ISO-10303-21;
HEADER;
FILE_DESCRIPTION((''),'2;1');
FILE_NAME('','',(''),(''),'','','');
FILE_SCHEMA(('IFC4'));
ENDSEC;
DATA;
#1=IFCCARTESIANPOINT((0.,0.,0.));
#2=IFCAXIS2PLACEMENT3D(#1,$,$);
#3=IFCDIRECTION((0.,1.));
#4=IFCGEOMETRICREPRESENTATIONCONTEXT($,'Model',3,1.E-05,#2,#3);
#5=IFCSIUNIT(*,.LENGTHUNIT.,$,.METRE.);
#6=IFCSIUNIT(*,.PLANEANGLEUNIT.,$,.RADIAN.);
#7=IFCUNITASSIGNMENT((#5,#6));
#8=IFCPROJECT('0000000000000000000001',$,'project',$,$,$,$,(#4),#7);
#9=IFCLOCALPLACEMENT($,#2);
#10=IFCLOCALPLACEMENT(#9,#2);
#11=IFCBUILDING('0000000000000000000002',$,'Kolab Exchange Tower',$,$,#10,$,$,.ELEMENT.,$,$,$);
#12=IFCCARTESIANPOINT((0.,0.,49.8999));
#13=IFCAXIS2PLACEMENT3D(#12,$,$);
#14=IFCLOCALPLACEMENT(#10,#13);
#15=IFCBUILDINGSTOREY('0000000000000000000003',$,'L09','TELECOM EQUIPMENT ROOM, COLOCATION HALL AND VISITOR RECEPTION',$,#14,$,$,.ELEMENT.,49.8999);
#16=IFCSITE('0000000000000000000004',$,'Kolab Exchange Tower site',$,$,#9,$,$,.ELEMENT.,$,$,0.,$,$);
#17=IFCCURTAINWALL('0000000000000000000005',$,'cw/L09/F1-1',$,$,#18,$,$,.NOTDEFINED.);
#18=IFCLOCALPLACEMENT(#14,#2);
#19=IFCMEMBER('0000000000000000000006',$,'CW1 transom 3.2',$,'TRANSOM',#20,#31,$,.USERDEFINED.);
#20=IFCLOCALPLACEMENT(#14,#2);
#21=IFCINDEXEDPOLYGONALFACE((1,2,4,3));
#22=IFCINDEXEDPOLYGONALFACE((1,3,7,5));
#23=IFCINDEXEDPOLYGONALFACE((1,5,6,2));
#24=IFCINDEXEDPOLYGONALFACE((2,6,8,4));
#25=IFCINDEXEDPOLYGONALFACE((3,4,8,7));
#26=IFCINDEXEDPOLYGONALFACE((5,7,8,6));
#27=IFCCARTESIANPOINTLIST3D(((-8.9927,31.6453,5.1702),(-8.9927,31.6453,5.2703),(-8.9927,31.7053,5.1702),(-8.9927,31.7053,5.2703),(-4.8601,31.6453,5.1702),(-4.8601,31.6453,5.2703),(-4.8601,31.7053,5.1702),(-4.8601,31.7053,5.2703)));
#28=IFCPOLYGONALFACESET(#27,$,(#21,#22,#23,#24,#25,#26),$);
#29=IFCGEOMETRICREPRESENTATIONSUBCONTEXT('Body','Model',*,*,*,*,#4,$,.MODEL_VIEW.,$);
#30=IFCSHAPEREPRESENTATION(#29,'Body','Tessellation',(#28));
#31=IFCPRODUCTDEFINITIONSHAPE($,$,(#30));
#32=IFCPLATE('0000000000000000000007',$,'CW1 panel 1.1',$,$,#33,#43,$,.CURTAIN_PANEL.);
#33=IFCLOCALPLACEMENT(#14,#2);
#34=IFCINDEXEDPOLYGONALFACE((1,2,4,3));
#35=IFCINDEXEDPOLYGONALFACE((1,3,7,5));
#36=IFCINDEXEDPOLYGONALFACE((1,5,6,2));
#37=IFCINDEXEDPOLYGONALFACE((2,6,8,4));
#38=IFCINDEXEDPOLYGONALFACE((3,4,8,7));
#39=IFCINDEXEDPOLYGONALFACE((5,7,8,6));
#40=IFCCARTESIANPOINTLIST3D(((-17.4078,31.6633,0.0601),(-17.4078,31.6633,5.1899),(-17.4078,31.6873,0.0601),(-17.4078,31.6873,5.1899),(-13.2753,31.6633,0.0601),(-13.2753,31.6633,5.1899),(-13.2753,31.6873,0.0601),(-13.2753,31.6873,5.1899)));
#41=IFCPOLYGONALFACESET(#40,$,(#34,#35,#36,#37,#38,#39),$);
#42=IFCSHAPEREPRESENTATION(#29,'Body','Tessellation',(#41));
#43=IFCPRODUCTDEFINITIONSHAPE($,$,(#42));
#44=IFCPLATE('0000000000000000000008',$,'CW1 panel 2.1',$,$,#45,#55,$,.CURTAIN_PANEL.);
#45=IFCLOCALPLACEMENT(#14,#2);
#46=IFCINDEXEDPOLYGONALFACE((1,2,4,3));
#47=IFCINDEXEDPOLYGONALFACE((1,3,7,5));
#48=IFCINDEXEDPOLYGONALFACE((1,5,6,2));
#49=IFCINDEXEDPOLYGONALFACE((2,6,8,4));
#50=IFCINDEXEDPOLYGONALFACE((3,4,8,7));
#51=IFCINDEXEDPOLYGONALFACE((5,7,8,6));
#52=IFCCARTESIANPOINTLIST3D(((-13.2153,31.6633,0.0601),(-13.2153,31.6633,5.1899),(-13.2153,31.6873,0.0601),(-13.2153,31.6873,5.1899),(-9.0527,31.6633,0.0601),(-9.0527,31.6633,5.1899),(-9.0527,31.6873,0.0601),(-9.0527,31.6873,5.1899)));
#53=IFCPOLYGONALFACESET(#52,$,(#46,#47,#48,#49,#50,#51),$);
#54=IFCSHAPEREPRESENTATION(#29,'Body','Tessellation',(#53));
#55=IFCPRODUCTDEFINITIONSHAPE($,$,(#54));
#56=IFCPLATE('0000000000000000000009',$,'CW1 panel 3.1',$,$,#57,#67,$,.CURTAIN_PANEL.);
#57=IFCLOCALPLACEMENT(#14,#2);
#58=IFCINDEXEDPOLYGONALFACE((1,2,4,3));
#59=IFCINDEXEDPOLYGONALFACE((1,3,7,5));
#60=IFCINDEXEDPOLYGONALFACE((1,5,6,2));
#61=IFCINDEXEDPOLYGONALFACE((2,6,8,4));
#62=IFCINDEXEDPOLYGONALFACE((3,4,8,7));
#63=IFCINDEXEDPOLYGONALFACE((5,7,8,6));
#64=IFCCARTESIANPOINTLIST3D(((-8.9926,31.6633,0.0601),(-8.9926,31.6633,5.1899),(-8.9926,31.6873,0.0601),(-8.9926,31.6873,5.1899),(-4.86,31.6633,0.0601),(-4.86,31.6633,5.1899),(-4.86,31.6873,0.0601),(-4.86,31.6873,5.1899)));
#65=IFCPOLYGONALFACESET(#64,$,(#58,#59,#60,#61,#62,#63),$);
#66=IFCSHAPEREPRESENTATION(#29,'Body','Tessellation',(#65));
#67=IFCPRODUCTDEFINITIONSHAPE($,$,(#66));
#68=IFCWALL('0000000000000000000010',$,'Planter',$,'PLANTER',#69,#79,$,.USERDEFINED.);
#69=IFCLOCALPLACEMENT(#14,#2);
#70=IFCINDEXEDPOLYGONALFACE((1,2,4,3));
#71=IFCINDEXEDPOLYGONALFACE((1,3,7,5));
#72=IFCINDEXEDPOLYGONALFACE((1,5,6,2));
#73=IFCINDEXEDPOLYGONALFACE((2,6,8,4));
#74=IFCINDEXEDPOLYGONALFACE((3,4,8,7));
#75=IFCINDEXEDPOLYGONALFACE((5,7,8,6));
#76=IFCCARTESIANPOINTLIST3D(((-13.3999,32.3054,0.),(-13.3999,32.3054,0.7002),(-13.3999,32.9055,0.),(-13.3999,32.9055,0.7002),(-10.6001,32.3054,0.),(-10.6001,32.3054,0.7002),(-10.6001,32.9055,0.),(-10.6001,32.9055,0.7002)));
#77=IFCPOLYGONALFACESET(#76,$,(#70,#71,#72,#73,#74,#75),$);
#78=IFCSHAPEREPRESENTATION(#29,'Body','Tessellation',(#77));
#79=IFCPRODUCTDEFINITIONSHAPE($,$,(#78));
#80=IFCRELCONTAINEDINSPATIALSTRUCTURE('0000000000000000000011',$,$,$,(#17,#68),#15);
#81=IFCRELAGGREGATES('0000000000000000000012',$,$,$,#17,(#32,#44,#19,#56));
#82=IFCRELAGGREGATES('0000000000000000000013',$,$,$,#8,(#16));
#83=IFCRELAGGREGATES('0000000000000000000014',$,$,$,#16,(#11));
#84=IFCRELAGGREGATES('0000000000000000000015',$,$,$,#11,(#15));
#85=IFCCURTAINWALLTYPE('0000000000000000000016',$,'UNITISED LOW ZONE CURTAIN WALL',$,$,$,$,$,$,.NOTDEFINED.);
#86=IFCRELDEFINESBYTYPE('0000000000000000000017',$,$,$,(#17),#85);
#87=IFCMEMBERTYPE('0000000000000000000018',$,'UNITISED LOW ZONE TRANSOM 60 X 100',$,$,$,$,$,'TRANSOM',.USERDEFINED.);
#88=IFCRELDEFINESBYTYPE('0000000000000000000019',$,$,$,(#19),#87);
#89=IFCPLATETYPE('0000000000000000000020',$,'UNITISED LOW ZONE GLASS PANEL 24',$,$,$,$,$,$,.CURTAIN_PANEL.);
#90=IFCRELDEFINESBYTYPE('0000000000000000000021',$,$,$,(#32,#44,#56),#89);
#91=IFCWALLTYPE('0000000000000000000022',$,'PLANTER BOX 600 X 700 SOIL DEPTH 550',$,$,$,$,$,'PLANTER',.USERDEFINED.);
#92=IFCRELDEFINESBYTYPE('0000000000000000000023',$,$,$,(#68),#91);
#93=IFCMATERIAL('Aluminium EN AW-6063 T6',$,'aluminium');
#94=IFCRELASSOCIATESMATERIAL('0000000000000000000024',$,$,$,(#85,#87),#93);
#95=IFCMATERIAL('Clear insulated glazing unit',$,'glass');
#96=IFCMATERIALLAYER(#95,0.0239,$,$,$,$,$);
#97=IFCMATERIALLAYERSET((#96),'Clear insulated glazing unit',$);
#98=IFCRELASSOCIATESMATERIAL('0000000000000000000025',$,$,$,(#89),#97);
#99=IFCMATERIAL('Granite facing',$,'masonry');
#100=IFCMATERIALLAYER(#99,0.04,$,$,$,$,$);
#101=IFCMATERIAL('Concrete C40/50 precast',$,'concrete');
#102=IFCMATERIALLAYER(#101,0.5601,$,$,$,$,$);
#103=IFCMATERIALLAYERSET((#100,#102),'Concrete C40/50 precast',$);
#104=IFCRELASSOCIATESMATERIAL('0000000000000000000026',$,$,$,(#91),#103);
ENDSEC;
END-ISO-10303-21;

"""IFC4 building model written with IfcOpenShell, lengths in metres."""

from ifc_helpers import new_model, si_unit, direction, frame, frame_2d, origin, origin_2d, place, context, subcontext, project, spatial, rectangle, extrude, material, layer, layer_set, material_profile, profile_set, type_object, element, aggregate, save


model = new_model("IFC4")

# Units and contexts
model_context = context("Model", 3, precision=1e-05, world=origin(), true_north=direction((0.0, 1.0)))
body_context = subcontext(model_context, "Body", "Model", "MODEL_VIEW")
ifc_project = project(units=[si_unit("LENGTHUNIT", "METRE"), si_unit("PLANEANGLEUNIT", "RADIAN")], contexts=[model_context])

# Site, building, storey
site_placement = place(None, origin())
site = spatial("IfcSite", under=ifc_project, at=site_placement, Name="Kolab Exchange Tower site", CompositionType="ELEMENT", RefElevation=0.0)
building_placement = place(site_placement, origin())
building = spatial("IfcBuilding", under=site, at=building_placement, Name="Kolab Exchange Tower", CompositionType="ELEMENT")
storey_placement = place(building_placement, frame((0.0, 0.0, 49.8999)))
storey = spatial("IfcBuildingStorey", under=building, at=storey_placement, Name="L09", Description="TELECOM EQUIPMENT ROOM, COLOCATION HALL AND VISITOR RECEPTION", CompositionType="ELEMENT", Elevation=49.8999)

# Curtain wall, member, plates
ifc_material_1 = material(Name="Aluminium EN AW-6063 T6", Category="aluminium")
curtain_wall_type = type_object("IfcCurtainWallType", Name="UNITISED LOW ZONE CURTAIN WALL", PredefinedType="NOTDEFINED", material=ifc_material_1)
curtain_wall_placement = place(storey_placement, origin())
curtain_wall = element("IfcCurtainWall", 1, at=curtain_wall_placement, inside=storey, type_object=curtain_wall_type, Name="cw/L09/F1-1", PredefinedType="NOTDEFINED")
ifc_material_profile_1 = material_profile(ifc_material_1, rectangle(XDim=0.0601, YDim=0.1001, at=origin_2d()), Name="RECT 60X100")
ifc_profile_set_1 = profile_set([ifc_material_profile_1], Name="Aluminium EN AW-6063 T6")
member_type_1 = type_object("IfcMemberType", Name="UNITISED LOW ZONE TRANSOM 60 X 100", ElementType="TRANSOM", PredefinedType="USERDEFINED", material=ifc_profile_set_1)
member_1_placement = place(storey_placement, frame((-8.9927, 31.6753, 5.2202), z_axis=(1.0, 0.0, 0.0), x_axis=(0.0, 1.0, 0.0)))
member_1 = element("IfcMember", 2, at=member_1_placement, type_object=member_type_1, Name="CW1 transom 3.2", ObjectType="TRANSOM", PredefinedType="USERDEFINED", context=body_context, shape_type="SweptSolid", body=[
    extrude(rectangle(XDim=0.0601, YDim=0.1001, at=origin_2d()), origin(), (0.0, 0.0, 1.0), 4.1326),
])
ifc_material_2 = material(Name="Clear insulated glazing unit", Category="glass")
ifc_layer_1 = layer(ifc_material_2, 0.0239)
ifc_layer_set_1 = layer_set([ifc_layer_1], Name="Clear insulated glazing unit")
plate_type = type_object("IfcPlateType", Name="UNITISED LOW ZONE GLASS PANEL 24", PredefinedType="CURTAIN_PANEL", material=ifc_layer_set_1)
plate_1_placement = place(storey_placement, frame((-15.3416, 31.6753, 0.0601), z_axis=(0.0, 0.0, 1.0), x_axis=(1.0, 0.0, 0.0)))
plate_1 = element("IfcPlate", 3, at=plate_1_placement, type_object=plate_type, Name="CW1 panel 1.1", PredefinedType="CURTAIN_PANEL", context=body_context, shape_type="SweptSolid", body=[
    extrude(rectangle(XDim=4.1326, YDim=0.0239, at=origin_2d()), origin(), (0.0, 0.0, 1.0), 5.1299),
])
plate_2_placement = place(storey_placement, frame((-11.134, 31.6753, 0.0601), z_axis=(0.0, 0.0, 1.0), x_axis=(1.0, 0.0, 0.0)))
plate_2 = element("IfcPlate", 4, at=plate_2_placement, type_object=plate_type, Name="CW1 panel 2.1", PredefinedType="CURTAIN_PANEL", context=body_context, shape_type="SweptSolid", body=[
    extrude(rectangle(XDim=4.1626, YDim=0.0239, at=origin_2d()), origin(), (0.0, 0.0, 1.0), 5.1299),
])
plate_3_placement = place(storey_placement, frame((-6.9263, 31.6753, 0.0601), z_axis=(0.0, 0.0, 1.0), x_axis=(1.0, 0.0, 0.0)))
plate_3 = element("IfcPlate", 5, at=plate_3_placement, type_object=plate_type, Name="CW1 panel 3.1", PredefinedType="CURTAIN_PANEL", context=body_context, shape_type="SweptSolid", body=[
    extrude(rectangle(XDim=4.1326, YDim=0.0239, at=origin_2d()), origin(), (0.0, 0.0, 1.0), 5.1299),
])
aggregate(curtain_wall, [plate_1, plate_2, member_1, plate_3])

# Wall
ifc_material_3 = material(Name="Granite facing", Category="masonry")
ifc_layer_2 = layer(ifc_material_3, 0.04)
ifc_material_4 = material(Name="Concrete C40/50 precast", Category="concrete")
ifc_layer_3 = layer(ifc_material_4, 0.5601)
ifc_layer_set_2 = layer_set([ifc_layer_2, ifc_layer_3], Name="Concrete C40/50 precast")
wall_type_1 = type_object("IfcWallType", Name="PLANTER BOX 600 X 700 SOIL DEPTH 550", ElementType="PLANTER", PredefinedType="USERDEFINED", material=ifc_layer_set_2)
wall_1_placement = place(storey_placement, frame((-13.3999, 32.6055, 0.0), z_axis=(0.0, 0.0, 1.0), x_axis=(1.0, 0.0, 0.0)))
element("IfcWall", 6, at=wall_1_placement, inside=storey, type_object=wall_type_1, Name="Planter", ObjectType="PLANTER", PredefinedType="USERDEFINED", context=body_context, shape_type="SweptSolid", body=[
    extrude(rectangle(XDim=2.7998, YDim=0.6001, at=frame_2d((1.3999, 0.0))), origin(), (0.0, 0.0, 1.0), 0.7002),
])

save(model, "model.ifc")
